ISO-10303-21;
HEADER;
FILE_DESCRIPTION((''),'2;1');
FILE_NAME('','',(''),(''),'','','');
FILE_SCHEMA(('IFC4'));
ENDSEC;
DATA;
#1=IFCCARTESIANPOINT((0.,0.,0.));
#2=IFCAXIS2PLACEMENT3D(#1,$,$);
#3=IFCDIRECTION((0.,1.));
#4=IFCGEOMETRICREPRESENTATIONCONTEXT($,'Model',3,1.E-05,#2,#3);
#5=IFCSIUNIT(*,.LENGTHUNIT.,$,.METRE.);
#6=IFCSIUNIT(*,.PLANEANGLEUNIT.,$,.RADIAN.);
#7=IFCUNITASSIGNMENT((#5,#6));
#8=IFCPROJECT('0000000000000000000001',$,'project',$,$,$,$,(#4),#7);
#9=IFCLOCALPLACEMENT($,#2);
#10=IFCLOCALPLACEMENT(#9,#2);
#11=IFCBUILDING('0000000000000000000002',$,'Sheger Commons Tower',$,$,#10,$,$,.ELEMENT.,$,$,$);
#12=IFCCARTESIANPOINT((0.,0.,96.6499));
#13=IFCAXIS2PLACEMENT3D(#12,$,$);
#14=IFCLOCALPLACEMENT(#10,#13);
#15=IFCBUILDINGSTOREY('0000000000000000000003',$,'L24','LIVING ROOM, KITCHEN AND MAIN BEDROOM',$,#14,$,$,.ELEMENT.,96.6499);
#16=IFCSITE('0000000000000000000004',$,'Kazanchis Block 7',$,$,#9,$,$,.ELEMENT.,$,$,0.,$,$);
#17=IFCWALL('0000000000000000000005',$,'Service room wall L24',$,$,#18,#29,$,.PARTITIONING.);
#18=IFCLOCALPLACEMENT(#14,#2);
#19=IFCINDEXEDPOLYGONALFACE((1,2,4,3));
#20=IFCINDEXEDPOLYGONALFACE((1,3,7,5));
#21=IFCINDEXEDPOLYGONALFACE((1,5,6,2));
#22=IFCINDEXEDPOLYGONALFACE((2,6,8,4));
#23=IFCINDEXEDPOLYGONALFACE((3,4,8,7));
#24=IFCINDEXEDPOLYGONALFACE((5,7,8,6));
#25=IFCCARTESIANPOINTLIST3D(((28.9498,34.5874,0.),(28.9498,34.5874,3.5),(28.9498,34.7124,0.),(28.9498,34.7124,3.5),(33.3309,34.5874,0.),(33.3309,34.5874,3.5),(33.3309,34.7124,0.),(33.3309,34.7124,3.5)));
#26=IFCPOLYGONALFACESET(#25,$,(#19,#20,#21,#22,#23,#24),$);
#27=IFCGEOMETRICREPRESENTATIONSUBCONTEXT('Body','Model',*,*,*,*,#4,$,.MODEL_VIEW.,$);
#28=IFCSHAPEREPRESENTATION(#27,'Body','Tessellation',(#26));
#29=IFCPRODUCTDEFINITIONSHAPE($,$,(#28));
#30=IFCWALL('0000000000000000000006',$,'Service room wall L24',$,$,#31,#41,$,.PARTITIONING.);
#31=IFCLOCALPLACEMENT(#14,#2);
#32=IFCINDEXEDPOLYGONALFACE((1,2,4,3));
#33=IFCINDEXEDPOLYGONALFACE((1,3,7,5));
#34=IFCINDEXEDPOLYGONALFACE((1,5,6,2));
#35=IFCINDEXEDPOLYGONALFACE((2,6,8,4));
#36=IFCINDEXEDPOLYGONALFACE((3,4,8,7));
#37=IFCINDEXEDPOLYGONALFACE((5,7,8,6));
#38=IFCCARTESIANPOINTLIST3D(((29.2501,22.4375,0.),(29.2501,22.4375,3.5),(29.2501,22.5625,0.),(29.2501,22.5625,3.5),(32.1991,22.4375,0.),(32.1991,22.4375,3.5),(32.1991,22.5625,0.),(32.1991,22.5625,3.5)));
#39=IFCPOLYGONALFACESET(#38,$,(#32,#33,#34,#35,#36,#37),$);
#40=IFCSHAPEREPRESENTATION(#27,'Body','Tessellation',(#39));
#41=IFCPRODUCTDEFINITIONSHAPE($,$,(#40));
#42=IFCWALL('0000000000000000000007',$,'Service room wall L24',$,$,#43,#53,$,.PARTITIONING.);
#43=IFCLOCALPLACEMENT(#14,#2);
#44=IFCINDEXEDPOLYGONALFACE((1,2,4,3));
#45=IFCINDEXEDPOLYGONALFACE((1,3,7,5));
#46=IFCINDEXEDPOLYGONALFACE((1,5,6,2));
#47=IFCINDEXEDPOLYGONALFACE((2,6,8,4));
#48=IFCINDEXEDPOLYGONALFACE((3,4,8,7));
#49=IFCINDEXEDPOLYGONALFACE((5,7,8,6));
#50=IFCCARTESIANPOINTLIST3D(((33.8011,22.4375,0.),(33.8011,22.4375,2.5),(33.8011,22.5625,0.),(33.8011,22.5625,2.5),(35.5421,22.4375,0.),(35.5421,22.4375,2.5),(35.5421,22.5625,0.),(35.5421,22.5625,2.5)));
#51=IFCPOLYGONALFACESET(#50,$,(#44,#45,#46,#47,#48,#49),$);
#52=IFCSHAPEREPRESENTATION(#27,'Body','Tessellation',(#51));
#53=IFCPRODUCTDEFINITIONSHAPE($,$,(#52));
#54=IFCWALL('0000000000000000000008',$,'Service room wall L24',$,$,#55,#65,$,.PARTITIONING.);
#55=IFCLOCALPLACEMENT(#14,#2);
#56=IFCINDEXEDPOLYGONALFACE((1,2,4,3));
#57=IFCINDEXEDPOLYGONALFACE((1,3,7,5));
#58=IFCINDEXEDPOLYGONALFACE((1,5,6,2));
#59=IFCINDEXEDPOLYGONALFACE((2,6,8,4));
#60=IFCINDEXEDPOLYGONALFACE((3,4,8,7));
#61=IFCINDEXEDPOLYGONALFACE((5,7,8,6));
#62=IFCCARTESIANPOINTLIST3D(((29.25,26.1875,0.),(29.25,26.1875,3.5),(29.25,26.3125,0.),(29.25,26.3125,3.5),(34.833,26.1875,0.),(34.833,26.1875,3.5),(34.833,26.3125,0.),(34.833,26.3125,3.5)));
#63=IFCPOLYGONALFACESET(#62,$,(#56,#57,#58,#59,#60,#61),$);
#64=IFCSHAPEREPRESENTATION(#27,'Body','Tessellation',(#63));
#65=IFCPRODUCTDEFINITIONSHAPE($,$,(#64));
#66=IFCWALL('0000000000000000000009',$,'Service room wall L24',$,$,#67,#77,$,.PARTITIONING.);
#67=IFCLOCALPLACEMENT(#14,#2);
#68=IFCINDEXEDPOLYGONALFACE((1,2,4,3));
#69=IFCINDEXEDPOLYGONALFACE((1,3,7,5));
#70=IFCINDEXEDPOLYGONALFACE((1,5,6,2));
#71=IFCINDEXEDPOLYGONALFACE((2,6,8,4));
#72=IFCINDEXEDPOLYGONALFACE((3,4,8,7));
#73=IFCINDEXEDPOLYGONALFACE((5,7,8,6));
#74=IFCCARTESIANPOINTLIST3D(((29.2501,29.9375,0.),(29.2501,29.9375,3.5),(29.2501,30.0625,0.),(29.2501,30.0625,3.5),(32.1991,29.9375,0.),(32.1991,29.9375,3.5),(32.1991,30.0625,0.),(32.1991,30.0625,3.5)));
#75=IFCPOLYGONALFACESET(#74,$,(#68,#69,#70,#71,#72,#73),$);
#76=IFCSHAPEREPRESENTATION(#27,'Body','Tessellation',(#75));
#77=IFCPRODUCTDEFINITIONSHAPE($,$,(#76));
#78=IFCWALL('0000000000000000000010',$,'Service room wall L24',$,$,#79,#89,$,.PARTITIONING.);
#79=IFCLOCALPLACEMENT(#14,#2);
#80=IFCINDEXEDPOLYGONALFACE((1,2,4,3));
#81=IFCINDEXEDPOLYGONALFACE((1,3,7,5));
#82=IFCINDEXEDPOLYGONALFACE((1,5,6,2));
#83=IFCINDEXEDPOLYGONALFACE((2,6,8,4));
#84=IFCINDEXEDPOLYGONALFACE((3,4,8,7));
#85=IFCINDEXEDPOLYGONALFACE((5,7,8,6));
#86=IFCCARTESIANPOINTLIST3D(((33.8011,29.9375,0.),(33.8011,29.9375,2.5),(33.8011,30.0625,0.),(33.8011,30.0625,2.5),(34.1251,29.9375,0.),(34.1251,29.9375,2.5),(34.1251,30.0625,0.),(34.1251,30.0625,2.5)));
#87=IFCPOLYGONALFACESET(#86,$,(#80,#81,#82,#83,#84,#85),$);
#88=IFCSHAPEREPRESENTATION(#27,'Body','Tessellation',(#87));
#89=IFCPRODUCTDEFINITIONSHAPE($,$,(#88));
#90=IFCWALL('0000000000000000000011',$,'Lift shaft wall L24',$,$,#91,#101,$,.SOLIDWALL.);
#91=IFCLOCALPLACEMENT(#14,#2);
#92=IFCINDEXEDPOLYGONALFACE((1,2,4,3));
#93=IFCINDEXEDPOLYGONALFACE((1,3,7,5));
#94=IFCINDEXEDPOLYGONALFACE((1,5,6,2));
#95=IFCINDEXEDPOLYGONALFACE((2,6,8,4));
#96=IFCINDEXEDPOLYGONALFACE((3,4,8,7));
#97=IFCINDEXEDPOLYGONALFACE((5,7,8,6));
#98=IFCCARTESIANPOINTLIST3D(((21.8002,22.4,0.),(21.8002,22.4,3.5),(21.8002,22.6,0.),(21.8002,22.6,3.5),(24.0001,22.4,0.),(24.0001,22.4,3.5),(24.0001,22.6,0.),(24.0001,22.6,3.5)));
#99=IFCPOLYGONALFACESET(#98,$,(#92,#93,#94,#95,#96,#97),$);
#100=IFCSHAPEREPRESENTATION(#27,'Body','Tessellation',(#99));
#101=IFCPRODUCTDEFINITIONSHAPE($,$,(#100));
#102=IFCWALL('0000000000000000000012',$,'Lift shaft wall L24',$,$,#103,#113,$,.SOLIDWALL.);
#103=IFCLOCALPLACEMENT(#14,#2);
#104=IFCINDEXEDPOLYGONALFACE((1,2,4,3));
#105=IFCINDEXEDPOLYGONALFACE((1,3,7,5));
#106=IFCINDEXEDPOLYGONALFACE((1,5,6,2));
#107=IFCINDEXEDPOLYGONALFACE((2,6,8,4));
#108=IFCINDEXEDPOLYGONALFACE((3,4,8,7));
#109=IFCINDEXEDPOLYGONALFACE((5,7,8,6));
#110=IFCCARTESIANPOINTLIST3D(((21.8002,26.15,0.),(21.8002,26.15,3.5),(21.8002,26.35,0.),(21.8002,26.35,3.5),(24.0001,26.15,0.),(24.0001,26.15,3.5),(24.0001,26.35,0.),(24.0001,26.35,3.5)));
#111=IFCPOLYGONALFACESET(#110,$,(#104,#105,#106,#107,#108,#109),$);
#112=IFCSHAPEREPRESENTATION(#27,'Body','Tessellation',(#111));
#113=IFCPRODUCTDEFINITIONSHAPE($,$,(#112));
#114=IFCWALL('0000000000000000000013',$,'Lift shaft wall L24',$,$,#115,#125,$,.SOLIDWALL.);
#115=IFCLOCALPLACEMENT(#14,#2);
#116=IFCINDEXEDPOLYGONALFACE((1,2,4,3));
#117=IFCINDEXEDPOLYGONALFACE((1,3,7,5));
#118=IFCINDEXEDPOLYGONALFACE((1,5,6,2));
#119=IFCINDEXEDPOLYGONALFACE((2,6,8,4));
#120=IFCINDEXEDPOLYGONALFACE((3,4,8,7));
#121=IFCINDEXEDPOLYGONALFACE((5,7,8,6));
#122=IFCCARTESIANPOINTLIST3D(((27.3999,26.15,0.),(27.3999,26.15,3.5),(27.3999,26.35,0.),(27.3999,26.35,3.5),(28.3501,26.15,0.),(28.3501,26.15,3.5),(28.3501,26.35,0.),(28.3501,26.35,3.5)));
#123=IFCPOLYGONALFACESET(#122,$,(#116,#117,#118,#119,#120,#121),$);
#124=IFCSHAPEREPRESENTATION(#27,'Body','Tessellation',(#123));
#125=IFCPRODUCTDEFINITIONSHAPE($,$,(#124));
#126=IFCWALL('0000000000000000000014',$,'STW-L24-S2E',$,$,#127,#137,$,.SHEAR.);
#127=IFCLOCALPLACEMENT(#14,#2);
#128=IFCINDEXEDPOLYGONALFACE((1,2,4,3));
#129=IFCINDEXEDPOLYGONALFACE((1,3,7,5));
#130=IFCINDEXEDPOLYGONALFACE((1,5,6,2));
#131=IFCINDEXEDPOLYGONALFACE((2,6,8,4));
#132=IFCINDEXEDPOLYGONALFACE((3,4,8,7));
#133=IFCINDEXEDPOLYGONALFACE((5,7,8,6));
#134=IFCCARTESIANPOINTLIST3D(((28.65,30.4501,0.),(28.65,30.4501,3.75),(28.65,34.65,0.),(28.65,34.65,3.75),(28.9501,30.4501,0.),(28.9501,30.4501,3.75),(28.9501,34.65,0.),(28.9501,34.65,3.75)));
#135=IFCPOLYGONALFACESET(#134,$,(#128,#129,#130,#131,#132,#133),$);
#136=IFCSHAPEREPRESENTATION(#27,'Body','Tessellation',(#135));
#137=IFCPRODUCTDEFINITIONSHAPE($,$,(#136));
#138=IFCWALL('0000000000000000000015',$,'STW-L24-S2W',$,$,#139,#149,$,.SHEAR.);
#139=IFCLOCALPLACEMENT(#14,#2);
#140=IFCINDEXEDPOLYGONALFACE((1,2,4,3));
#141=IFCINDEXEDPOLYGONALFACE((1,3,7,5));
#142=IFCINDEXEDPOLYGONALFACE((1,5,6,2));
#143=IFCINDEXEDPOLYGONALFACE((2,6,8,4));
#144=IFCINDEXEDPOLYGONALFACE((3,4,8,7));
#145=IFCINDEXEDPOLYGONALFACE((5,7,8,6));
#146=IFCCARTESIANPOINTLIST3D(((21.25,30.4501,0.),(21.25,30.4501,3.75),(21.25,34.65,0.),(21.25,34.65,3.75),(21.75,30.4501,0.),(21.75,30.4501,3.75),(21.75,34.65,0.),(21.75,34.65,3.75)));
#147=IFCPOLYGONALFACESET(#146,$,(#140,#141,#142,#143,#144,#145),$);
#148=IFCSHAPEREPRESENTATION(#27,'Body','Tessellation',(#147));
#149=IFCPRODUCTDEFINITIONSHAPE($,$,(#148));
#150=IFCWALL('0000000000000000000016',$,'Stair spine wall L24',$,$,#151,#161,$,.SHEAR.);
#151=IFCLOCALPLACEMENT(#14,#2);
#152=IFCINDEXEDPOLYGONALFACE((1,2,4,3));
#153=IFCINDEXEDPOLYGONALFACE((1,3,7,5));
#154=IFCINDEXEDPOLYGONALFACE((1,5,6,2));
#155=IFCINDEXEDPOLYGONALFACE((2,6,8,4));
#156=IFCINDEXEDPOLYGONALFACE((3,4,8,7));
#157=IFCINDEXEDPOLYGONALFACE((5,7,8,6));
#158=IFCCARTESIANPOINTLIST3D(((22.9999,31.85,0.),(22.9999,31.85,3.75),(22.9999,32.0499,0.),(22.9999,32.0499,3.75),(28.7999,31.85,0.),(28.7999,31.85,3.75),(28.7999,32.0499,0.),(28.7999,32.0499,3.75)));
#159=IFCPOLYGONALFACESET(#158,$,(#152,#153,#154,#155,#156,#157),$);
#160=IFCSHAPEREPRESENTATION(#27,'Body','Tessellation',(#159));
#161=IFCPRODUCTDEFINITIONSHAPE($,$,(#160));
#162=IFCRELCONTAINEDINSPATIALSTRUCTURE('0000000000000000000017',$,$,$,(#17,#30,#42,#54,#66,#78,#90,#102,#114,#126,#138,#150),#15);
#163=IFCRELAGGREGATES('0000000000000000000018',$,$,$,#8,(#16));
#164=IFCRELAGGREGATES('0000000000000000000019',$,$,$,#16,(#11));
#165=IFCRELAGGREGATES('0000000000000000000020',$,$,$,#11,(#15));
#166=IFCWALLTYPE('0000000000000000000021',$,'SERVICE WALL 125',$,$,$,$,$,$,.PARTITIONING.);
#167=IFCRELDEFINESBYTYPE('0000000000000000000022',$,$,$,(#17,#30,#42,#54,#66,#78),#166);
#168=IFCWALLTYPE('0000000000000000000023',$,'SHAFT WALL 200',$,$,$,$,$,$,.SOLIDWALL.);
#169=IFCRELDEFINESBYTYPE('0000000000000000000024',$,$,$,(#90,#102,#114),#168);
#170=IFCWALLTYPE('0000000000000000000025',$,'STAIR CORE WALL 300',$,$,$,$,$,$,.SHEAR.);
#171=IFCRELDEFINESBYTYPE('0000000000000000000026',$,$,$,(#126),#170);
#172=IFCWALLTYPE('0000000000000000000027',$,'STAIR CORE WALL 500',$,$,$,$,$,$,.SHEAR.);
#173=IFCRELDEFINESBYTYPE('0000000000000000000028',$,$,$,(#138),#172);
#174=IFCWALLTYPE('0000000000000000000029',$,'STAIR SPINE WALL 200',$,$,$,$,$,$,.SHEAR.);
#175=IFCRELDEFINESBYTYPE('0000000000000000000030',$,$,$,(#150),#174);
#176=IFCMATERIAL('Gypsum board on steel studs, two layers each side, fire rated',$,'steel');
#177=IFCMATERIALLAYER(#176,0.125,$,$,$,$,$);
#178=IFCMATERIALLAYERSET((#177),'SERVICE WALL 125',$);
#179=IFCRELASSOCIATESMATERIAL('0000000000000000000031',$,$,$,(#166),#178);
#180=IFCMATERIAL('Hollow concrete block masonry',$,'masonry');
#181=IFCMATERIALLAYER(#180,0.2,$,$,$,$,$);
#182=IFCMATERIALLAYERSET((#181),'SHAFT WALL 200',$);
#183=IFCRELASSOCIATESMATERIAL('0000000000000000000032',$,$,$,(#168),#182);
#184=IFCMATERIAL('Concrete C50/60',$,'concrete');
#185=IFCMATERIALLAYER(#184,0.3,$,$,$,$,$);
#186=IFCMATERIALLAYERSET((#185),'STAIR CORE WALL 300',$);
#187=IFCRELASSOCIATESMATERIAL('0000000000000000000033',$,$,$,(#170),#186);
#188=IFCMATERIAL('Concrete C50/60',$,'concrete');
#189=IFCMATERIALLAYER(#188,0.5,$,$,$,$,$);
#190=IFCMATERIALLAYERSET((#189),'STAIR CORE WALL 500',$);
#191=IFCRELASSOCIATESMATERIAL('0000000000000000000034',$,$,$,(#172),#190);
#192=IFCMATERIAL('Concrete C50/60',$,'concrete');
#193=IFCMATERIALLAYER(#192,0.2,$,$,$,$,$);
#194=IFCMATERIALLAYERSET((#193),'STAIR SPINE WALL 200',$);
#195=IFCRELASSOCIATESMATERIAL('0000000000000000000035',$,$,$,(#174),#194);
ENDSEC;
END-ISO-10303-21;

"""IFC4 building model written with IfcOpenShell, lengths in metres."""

from ifc_helpers import new_model, si_unit, direction, frame, frame_2d, origin, place, context, subcontext, project, spatial, rectangle, extrude, material, layer, layer_set, type_object, element, save


model = new_model("IFC4")

# Units and contexts
model_context = context("Model", 3, precision=1e-05, world=origin(), true_north=direction((0.0, 1.0)))
body_context = subcontext(model_context, "Body", "Model", "MODEL_VIEW")
ifc_project = project(units=[si_unit("LENGTHUNIT", "METRE"), si_unit("PLANEANGLEUNIT", "RADIAN")], contexts=[model_context])

# Site, building, storey
site_placement = place(None, origin())
site = spatial("IfcSite", under=ifc_project, at=site_placement, Name="Kazanchis Block 7", CompositionType="ELEMENT", RefElevation=0.0)
building_placement = place(site_placement, origin())
building = spatial("IfcBuilding", under=site, at=building_placement, Name="Sheger Commons Tower", CompositionType="ELEMENT")
storey_placement = place(building_placement, frame((0.0, 0.0, 96.6499)))
storey = spatial("IfcBuildingStorey", under=building, at=storey_placement, Name="L24", Description="LIVING ROOM, KITCHEN AND MAIN BEDROOM", CompositionType="ELEMENT", Elevation=96.6499)

# Walls
ifc_material_1 = material(Name="Gypsum board on steel studs, two layers each side, fire rated", Category="steel")
ifc_layer_1 = layer(ifc_material_1, 0.125)
ifc_layer_set_1 = layer_set([ifc_layer_1], Name="SERVICE WALL 125")
wall_type_1 = type_object("IfcWallType", Name="SERVICE WALL 125", PredefinedType="PARTITIONING", material=ifc_layer_set_1)
wall_1_placement = place(storey_placement, frame((28.95, 34.6499, 0.0), z_axis=(0.0, 0.0, 1.0), x_axis=(1.0, 0.0, 0.0)))
element("IfcWall", 1, at=wall_1_placement, inside=storey, type_object=wall_type_1, Name="Service room wall L24", PredefinedType="PARTITIONING", context=body_context, shape_type="SweptSolid", body=[
    extrude(rectangle(XDim=4.3811, YDim=0.125, at=frame_2d((2.1904, 0.0))), origin(), (0.0, 0.0, 1.0), 3.5),
])
wall_2_placement = place(storey_placement, frame((29.25, 22.5, 0.0), z_axis=(0.0, 0.0, 1.0), x_axis=(1.0, 0.0, 0.0)))
element("IfcWall", 2, at=wall_2_placement, inside=storey, type_object=wall_type_1, Name="Service room wall L24", PredefinedType="PARTITIONING", context=body_context, shape_type="SweptSolid", body=[
    extrude(rectangle(XDim=2.949, YDim=0.125, at=frame_2d((1.4746, 0.0))), origin(), (0.0, 0.0, 1.0), 3.5),
])
wall_3_placement = place(storey_placement, frame((33.801, 22.5, 0.0), z_axis=(0.0, 0.0, 1.0), x_axis=(1.0, 0.0, 0.0)))
element("IfcWall", 3, at=wall_3_placement, inside=storey, type_object=wall_type_1, Name="Service room wall L24", PredefinedType="PARTITIONING", context=body_context, shape_type="SweptSolid", body=[
    extrude(rectangle(XDim=1.741, YDim=0.125, at=frame_2d((0.8706, 0.0))), origin(), (0.0, 0.0, 1.0), 2.5),
])
wall_4_placement = place(storey_placement, frame((29.25, 26.25, 0.0), z_axis=(0.0, 0.0, 1.0), x_axis=(1.0, 0.0, 0.0)))
element("IfcWall", 4, at=wall_4_placement, inside=storey, type_object=wall_type_1, Name="Service room wall L24", PredefinedType="PARTITIONING", context=body_context, shape_type="SweptSolid", body=[
    extrude(rectangle(XDim=5.583, YDim=0.125, at=frame_2d((2.7915, 0.0))), origin(), (0.0, 0.0, 1.0), 3.5),
])
wall_5_placement = place(storey_placement, frame((29.25, 30.0, 0.0), z_axis=(0.0, 0.0, 1.0), x_axis=(1.0, 0.0, 0.0)))
element("IfcWall", 5, at=wall_5_placement, inside=storey, type_object=wall_type_1, Name="Service room wall L24", PredefinedType="PARTITIONING", context=body_context, shape_type="SweptSolid", body=[
    extrude(rectangle(XDim=2.949, YDim=0.125, at=frame_2d((1.4746, 0.0))), origin(), (0.0, 0.0, 1.0), 3.5),
])
wall_6_placement = place(storey_placement, frame((33.801, 30.0, 0.0), z_axis=(0.0, 0.0, 1.0), x_axis=(1.0, 0.0, 0.0)))
element("IfcWall", 6, at=wall_6_placement, inside=storey, type_object=wall_type_1, Name="Service room wall L24", PredefinedType="PARTITIONING", context=body_context, shape_type="SweptSolid", body=[
    extrude(rectangle(XDim=0.324, YDim=0.125, at=frame_2d((0.1621, 0.0))), origin(), (0.0, 0.0, 1.0), 2.5),
])
ifc_material_2 = material(Name="Hollow concrete block masonry", Category="masonry")
ifc_layer_2 = layer(ifc_material_2, 0.2)
ifc_layer_set_2 = layer_set([ifc_layer_2], Name="SHAFT WALL 200")
wall_type_2 = type_object("IfcWallType", Name="SHAFT WALL 200", PredefinedType="SOLIDWALL", material=ifc_layer_set_2)
for number, where, z_axis, x_axis, name in (
    (7, (21.8, 22.5, 0.0), (0.0, 0.0, 1.0), (1.0, 0.0, 0.0), "Lift shaft wall L24"),
    (8, (21.8, 26.25, 0.0), (0.0, 0.0, 1.0), (1.0, 0.0, 0.0), "Lift shaft wall L24"),
):
    element("IfcWall", number, at=place(storey_placement, frame(where, z_axis=z_axis, x_axis=x_axis)), inside=storey, type_object=wall_type_2, Name=name, PredefinedType="SOLIDWALL", context=body_context, shape_type="SweptSolid", body=[
        extrude(rectangle(XDim=2.2, YDim=0.2, at=frame_2d((1.1001, 0.0))), origin(), (0.0, 0.0, 1.0), 3.5),
    ])
wall_7_placement = place(storey_placement, frame((27.3999, 26.25, 0.0), z_axis=(0.0, 0.0, 1.0), x_axis=(1.0, 0.0, 0.0)))
element("IfcWall", 9, at=wall_7_placement, inside=storey, type_object=wall_type_2, Name="Lift shaft wall L24", PredefinedType="SOLIDWALL", context=body_context, shape_type="SweptSolid", body=[
    extrude(rectangle(XDim=0.9502, YDim=0.2, at=frame_2d((0.4751, 0.0))), origin(), (0.0, 0.0, 1.0), 3.5),
])
ifc_material_3 = material(Name="Concrete C50/60", Category="concrete")
ifc_layer_3 = layer(ifc_material_3, 0.3)
ifc_layer_set_3 = layer_set([ifc_layer_3], Name="STAIR CORE WALL 300")
wall_type_3 = type_object("IfcWallType", Name="STAIR CORE WALL 300", PredefinedType="SHEAR", material=ifc_layer_set_3)
wall_8_placement = place(storey_placement, frame((28.8, 30.45, 0.0), z_axis=(0.0, 0.0, 1.0), x_axis=(0.0, 1.0, 0.0)))
element("IfcWall", 10, at=wall_8_placement, inside=storey, type_object=wall_type_3, Name="STW-L24-S2E", PredefinedType="SHEAR", context=body_context, shape_type="SweptSolid", body=[
    extrude(rectangle(XDim=4.2, YDim=0.3, at=frame_2d((2.1001, 0.0))), origin(), (0.0, 0.0, 1.0), 3.75),
])
ifc_material_4 = material(Name="Concrete C50/60", Category="concrete")
ifc_layer_4 = layer(ifc_material_4, 0.5)
ifc_layer_set_4 = layer_set([ifc_layer_4], Name="STAIR CORE WALL 500")
wall_type_4 = type_object("IfcWallType", Name="STAIR CORE WALL 500", PredefinedType="SHEAR", material=ifc_layer_set_4)
wall_9_placement = place(storey_placement, frame((21.5, 30.45, 0.0), z_axis=(0.0, 0.0, 1.0), x_axis=(0.0, 1.0, 0.0)))
element("IfcWall", 11, at=wall_9_placement, inside=storey, type_object=wall_type_4, Name="STW-L24-S2W", PredefinedType="SHEAR", context=body_context, shape_type="SweptSolid", body=[
    extrude(rectangle(XDim=4.2, YDim=0.5, at=frame_2d((2.1001, 0.0))), origin(), (0.0, 0.0, 1.0), 3.75),
])
ifc_material_5 = material(Name="Concrete C50/60", Category="concrete")
ifc_layer_5 = layer(ifc_material_5, 0.2)
ifc_layer_set_5 = layer_set([ifc_layer_5], Name="STAIR SPINE WALL 200")
wall_type_5 = type_object("IfcWallType", Name="STAIR SPINE WALL 200", PredefinedType="SHEAR", material=ifc_layer_set_5)
wall_10_placement = place(storey_placement, frame((23.0, 31.95, 0.0), z_axis=(0.0, 0.0, 1.0), x_axis=(1.0, 0.0, 0.0)))
element("IfcWall", 12, at=wall_10_placement, inside=storey, type_object=wall_type_5, Name="Stair spine wall L24", PredefinedType="SHEAR", context=body_context, shape_type="SweptSolid", body=[
    extrude(rectangle(XDim=5.8, YDim=0.2, at=frame_2d((2.8999, 0.0))), origin(), (0.0, 0.0, 1.0), 3.75),
])

save(model, "model.ifc")
